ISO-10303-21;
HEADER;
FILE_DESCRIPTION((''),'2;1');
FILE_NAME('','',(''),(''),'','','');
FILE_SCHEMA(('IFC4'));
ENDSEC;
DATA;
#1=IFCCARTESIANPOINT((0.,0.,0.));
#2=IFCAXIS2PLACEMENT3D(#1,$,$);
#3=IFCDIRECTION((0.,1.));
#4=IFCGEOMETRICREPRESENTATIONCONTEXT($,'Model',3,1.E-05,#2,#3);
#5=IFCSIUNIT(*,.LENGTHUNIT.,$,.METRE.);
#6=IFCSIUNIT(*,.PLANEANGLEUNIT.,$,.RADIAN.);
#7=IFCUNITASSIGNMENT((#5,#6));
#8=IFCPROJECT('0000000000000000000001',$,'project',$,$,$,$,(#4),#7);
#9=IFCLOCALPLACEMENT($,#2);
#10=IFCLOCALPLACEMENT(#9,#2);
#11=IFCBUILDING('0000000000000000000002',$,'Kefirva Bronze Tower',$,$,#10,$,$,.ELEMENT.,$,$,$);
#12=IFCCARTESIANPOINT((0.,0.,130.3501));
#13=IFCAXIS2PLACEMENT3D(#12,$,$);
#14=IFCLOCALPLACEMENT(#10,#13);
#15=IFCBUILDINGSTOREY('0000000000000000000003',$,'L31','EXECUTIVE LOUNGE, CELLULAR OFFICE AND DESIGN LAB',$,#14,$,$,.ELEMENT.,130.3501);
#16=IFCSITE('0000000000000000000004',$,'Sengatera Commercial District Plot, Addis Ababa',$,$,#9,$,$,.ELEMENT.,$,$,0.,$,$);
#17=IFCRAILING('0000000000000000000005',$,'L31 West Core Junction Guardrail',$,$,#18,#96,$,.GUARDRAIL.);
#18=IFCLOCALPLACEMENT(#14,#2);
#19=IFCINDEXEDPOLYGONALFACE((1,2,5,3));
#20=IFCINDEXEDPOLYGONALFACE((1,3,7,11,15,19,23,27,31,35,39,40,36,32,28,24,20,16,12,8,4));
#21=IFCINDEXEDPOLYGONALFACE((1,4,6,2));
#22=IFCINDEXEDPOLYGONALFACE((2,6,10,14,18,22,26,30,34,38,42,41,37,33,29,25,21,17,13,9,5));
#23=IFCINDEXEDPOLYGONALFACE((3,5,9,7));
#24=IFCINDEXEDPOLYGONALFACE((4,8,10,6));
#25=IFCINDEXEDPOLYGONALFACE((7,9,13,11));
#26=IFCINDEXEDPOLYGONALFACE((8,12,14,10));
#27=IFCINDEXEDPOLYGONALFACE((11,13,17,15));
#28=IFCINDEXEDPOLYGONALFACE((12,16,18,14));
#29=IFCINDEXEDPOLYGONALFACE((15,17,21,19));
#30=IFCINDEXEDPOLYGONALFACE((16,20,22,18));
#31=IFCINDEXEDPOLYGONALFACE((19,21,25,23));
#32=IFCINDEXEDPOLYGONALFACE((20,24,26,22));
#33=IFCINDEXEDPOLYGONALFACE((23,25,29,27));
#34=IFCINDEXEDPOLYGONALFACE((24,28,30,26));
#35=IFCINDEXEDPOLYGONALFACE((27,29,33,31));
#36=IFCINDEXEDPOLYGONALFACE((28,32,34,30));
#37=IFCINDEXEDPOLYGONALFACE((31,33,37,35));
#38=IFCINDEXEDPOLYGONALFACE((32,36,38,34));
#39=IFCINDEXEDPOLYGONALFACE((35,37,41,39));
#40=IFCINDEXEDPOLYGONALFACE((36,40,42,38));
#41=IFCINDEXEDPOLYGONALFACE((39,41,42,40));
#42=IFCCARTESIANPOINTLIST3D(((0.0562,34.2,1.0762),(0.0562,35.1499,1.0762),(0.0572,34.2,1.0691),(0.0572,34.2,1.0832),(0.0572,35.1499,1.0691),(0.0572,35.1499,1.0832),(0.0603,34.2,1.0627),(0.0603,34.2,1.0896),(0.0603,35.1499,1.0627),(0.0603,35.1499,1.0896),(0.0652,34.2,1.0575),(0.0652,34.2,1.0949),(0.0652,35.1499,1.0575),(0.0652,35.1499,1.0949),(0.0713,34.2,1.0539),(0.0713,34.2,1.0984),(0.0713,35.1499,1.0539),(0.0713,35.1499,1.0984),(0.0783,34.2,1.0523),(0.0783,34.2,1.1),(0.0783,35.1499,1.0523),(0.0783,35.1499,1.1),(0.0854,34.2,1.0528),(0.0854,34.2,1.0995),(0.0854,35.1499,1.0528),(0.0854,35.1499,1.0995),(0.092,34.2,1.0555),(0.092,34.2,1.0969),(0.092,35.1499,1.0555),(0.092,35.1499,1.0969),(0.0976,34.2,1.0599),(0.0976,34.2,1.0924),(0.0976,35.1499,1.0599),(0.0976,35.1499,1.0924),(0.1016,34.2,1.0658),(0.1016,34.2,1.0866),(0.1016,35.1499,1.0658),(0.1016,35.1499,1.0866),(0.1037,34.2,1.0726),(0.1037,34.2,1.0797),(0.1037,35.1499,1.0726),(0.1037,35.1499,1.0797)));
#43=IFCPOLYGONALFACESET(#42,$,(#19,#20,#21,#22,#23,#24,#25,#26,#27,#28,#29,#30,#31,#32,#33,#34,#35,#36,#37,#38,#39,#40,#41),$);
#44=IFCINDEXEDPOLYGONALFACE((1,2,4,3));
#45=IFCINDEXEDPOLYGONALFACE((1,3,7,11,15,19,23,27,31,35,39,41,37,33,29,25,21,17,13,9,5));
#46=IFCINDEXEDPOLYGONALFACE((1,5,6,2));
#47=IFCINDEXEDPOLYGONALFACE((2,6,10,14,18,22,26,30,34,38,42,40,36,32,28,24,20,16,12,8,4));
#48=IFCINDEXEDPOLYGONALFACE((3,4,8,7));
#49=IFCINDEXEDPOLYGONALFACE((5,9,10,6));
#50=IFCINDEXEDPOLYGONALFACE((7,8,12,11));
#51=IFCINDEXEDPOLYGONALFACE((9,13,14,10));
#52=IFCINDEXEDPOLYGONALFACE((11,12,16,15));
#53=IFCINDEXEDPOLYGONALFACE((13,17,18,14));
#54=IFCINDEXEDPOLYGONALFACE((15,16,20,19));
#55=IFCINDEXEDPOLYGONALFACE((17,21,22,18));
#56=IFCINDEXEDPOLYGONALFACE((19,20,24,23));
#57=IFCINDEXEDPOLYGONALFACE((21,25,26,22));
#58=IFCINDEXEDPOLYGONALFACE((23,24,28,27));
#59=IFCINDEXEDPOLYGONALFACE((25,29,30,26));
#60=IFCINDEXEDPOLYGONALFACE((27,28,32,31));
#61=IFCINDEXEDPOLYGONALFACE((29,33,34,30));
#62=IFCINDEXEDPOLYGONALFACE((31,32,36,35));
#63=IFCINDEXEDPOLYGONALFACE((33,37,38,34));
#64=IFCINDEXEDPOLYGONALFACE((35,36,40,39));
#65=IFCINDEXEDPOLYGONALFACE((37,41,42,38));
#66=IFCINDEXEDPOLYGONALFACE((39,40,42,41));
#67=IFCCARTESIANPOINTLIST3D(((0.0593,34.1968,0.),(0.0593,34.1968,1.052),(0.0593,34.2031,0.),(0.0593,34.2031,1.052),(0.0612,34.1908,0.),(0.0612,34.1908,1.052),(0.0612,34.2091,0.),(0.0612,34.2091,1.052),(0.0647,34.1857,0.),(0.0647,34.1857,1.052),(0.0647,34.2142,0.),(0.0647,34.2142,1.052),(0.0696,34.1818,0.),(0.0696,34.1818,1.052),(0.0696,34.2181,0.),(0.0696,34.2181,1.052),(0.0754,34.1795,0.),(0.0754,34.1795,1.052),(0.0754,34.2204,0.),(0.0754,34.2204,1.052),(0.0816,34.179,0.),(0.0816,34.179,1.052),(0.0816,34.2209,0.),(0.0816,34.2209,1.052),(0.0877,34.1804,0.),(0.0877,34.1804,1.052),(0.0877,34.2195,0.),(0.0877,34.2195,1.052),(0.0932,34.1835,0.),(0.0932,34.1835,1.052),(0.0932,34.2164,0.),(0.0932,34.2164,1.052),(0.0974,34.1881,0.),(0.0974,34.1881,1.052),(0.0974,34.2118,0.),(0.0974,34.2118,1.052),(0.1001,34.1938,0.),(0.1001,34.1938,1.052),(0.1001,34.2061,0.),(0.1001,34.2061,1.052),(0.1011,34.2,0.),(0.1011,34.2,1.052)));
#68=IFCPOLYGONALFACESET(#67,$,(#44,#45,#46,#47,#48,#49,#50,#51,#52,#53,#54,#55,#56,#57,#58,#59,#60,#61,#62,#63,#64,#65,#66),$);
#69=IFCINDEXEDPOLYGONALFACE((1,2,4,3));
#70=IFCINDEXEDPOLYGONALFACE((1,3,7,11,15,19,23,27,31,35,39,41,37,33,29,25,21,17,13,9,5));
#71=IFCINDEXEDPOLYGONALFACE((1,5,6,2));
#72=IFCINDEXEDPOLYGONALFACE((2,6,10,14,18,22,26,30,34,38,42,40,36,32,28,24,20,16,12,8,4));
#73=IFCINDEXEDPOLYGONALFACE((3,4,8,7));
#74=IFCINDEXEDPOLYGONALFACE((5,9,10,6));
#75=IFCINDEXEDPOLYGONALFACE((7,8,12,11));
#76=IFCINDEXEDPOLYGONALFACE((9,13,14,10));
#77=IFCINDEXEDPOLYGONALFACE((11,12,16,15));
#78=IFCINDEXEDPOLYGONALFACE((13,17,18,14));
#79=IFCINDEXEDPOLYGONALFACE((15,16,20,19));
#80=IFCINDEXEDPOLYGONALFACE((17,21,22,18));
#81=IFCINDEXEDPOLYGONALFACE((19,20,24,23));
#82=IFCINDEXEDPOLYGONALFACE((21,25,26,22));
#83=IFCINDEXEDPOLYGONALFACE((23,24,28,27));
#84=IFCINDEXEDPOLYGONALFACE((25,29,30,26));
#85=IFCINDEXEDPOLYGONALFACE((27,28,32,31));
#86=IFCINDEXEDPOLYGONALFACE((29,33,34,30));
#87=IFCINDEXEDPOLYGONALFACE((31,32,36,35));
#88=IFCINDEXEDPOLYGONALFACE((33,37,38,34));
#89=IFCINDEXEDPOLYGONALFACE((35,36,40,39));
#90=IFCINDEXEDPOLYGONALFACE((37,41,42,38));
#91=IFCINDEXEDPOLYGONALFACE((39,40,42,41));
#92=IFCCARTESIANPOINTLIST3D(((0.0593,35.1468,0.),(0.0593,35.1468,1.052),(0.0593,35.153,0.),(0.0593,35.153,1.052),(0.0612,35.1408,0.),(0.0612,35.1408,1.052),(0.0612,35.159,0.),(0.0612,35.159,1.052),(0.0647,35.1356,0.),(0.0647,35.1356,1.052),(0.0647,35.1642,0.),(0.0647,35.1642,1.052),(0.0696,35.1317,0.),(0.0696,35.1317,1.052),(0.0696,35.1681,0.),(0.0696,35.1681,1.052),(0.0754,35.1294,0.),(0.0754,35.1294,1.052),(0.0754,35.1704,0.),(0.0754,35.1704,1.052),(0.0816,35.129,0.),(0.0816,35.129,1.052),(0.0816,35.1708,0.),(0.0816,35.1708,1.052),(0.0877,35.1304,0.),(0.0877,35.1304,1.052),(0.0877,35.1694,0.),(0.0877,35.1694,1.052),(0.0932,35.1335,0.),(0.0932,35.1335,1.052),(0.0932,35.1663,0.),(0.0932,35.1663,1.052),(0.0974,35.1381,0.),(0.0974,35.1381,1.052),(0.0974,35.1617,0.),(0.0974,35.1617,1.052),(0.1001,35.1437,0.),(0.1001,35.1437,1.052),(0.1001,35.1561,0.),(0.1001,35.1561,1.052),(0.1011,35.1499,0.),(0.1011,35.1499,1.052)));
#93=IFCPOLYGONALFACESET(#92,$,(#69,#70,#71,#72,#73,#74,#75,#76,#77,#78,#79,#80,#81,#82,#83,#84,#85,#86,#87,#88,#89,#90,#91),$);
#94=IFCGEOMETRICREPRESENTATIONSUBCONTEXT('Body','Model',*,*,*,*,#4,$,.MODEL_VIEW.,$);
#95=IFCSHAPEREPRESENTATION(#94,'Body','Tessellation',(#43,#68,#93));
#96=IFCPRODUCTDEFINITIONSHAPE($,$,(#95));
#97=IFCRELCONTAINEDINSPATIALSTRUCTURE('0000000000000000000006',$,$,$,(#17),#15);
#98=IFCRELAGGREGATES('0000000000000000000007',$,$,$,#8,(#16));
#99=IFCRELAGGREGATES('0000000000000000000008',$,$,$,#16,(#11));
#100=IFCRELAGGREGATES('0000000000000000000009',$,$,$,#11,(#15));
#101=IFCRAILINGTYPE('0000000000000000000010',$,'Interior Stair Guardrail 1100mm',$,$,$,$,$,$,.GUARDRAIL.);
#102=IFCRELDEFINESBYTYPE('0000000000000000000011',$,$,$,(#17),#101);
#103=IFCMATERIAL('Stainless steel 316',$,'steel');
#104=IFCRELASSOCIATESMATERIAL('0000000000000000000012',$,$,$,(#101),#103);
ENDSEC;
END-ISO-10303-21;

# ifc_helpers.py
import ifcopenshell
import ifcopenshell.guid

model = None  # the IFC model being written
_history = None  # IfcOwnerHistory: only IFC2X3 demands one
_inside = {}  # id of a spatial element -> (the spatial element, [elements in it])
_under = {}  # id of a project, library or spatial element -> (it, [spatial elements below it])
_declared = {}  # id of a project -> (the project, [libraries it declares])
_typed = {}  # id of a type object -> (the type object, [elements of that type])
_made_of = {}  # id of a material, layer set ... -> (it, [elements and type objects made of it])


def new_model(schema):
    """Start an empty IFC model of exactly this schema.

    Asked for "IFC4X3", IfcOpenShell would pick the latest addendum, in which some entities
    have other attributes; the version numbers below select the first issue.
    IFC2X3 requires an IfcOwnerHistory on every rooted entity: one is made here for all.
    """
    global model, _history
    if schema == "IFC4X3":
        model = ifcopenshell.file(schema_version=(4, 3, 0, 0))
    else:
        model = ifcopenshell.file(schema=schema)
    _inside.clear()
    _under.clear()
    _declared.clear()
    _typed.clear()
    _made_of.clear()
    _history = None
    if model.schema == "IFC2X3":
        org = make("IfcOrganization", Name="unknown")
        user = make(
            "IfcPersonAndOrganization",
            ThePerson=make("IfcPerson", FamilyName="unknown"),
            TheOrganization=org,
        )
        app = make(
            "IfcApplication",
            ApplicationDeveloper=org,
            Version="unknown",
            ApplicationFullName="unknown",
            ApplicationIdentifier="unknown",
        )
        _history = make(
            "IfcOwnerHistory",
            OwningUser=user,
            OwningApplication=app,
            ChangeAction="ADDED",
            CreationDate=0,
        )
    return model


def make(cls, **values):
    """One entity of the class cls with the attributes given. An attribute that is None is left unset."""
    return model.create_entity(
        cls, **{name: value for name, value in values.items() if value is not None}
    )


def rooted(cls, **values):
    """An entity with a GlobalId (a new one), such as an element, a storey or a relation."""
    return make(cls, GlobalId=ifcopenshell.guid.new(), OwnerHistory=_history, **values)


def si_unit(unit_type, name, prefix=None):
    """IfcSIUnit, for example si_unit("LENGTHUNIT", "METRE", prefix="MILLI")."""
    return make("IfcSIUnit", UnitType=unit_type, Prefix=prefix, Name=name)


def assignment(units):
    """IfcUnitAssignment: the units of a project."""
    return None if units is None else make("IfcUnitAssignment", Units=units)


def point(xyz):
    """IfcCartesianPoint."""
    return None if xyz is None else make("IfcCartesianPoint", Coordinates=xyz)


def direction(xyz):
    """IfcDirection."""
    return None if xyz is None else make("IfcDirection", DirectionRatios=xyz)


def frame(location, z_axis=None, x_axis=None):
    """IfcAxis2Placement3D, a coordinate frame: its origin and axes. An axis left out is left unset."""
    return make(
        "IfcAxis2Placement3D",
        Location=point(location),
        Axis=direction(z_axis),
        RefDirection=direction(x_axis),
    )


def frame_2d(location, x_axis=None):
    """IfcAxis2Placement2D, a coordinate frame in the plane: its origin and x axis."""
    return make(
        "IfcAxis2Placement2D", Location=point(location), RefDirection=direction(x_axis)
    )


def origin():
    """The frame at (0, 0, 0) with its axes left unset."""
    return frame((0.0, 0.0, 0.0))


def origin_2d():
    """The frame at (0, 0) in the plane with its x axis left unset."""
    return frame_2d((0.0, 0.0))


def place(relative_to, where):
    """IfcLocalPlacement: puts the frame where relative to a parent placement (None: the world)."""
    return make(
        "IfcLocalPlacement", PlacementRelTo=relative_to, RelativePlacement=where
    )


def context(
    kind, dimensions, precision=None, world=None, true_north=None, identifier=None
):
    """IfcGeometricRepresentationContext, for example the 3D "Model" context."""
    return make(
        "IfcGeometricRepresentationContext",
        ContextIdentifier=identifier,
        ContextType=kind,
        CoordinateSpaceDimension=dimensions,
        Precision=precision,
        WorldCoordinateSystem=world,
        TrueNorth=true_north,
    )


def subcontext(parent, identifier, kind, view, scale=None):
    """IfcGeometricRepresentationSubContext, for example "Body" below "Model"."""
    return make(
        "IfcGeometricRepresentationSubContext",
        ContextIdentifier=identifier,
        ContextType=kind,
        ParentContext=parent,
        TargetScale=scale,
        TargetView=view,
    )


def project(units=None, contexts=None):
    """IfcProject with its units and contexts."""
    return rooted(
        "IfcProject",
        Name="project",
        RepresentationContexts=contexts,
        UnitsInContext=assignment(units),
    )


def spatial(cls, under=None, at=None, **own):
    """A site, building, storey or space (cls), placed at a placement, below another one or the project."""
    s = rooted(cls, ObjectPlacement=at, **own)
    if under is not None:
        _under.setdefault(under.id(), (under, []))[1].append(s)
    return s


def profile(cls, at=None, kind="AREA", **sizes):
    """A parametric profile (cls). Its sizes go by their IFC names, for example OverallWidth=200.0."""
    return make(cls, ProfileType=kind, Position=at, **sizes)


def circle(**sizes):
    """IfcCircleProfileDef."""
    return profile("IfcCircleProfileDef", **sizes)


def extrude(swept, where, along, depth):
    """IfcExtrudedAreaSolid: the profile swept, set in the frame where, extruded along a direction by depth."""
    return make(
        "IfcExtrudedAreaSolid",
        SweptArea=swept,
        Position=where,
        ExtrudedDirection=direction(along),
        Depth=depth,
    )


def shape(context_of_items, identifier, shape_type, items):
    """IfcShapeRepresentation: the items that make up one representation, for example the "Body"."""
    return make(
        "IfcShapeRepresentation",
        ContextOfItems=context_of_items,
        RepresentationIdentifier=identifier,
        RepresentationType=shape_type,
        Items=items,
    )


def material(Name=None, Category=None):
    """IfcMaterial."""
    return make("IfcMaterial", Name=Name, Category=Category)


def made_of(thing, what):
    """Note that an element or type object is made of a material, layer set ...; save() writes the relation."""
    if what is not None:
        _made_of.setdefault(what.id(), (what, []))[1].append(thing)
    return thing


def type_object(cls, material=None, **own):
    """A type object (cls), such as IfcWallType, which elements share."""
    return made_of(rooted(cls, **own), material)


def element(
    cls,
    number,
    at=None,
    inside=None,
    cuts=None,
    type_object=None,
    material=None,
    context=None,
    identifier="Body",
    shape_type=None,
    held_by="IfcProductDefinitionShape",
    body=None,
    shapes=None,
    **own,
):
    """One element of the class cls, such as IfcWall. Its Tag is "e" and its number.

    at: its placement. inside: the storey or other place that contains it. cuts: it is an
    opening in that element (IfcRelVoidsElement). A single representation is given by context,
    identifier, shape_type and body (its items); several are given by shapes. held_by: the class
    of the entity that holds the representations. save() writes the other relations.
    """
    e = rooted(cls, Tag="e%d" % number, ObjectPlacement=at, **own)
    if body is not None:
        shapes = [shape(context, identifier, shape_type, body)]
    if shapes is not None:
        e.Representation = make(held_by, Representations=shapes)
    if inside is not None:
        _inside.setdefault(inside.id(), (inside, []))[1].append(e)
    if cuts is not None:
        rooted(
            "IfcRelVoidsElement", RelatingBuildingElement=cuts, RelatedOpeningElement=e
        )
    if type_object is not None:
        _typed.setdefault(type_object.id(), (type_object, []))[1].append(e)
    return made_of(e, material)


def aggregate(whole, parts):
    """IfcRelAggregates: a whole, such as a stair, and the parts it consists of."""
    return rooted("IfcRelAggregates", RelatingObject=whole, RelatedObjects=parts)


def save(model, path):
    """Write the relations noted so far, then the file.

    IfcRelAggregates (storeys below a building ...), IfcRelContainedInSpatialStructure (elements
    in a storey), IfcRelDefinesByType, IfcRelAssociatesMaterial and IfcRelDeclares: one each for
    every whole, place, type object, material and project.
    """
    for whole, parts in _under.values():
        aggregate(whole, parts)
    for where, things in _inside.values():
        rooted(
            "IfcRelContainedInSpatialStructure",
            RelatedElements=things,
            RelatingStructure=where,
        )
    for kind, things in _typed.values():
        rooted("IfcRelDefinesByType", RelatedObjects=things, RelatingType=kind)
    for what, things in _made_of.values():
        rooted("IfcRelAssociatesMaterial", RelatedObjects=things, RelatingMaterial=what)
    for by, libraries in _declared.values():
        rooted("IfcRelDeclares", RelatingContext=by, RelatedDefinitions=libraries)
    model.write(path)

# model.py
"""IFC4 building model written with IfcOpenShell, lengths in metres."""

from ifc_helpers import new_model, si_unit, direction, frame, origin, origin_2d, place, context, subcontext, project, spatial, circle, extrude, material, type_object, element, save


model = new_model("IFC4")

# Units and contexts
model_context = context("Model", 3, precision=1e-05, world=origin(), true_north=direction((0.0, 1.0)))
body_context = subcontext(model_context, "Body", "Model", "MODEL_VIEW")
ifc_project = project(units=[si_unit("LENGTHUNIT", "METRE"), si_unit("PLANEANGLEUNIT", "RADIAN")], contexts=[model_context])

# Site, building, storey
site_placement = place(None, origin())
site = spatial("IfcSite", under=ifc_project, at=site_placement, Name="Sengatera Commercial District Plot, Addis Ababa", CompositionType="ELEMENT", RefElevation=0.0)
building_placement = place(site_placement, origin())
building = spatial("IfcBuilding", under=site, at=building_placement, Name="Kefirva Bronze Tower", CompositionType="ELEMENT")
storey_placement = place(building_placement, frame((0.0, 0.0, 130.3501)))
storey = spatial("IfcBuildingStorey", under=building, at=storey_placement, Name="L31", Description="EXECUTIVE LOUNGE, CELLULAR OFFICE AND DESIGN LAB", CompositionType="ELEMENT", Elevation=130.3501)

# Railing
ifc_material_1 = material(Name="Stainless steel 316", Category="steel")
railing_type = type_object("IfcRailingType", Name="Interior Stair Guardrail 1100mm", PredefinedType="GUARDRAIL", material=ifc_material_1)
railing_placement = place(storey_placement, frame((0.0801, 34.2, 0.0)))
element("IfcRailing", 1, at=railing_placement, inside=storey, type_object=railing_type, Name="L31 West Core Junction Guardrail", PredefinedType="GUARDRAIL", context=body_context, shape_type="SweptSolid", body=[
    extrude(circle(Radius=0.0239, at=origin_2d()), frame((0.0, 0.0, 1.0762), z_axis=(0.0, 1.0, 0.0), x_axis=(-1.0, 0.0, 0.0)), (0.0, 0.0, 1.0), 0.95),
    extrude(circle(Radius=0.021, at=origin_2d()), origin(), (0.0, 0.0, 1.0), 1.052),
    extrude(circle(Radius=0.021, at=origin_2d()), frame((0.0, 0.95, 0.0)), (0.0, 0.0, 1.0), 1.052),
])

save(model, "model.ifc")
